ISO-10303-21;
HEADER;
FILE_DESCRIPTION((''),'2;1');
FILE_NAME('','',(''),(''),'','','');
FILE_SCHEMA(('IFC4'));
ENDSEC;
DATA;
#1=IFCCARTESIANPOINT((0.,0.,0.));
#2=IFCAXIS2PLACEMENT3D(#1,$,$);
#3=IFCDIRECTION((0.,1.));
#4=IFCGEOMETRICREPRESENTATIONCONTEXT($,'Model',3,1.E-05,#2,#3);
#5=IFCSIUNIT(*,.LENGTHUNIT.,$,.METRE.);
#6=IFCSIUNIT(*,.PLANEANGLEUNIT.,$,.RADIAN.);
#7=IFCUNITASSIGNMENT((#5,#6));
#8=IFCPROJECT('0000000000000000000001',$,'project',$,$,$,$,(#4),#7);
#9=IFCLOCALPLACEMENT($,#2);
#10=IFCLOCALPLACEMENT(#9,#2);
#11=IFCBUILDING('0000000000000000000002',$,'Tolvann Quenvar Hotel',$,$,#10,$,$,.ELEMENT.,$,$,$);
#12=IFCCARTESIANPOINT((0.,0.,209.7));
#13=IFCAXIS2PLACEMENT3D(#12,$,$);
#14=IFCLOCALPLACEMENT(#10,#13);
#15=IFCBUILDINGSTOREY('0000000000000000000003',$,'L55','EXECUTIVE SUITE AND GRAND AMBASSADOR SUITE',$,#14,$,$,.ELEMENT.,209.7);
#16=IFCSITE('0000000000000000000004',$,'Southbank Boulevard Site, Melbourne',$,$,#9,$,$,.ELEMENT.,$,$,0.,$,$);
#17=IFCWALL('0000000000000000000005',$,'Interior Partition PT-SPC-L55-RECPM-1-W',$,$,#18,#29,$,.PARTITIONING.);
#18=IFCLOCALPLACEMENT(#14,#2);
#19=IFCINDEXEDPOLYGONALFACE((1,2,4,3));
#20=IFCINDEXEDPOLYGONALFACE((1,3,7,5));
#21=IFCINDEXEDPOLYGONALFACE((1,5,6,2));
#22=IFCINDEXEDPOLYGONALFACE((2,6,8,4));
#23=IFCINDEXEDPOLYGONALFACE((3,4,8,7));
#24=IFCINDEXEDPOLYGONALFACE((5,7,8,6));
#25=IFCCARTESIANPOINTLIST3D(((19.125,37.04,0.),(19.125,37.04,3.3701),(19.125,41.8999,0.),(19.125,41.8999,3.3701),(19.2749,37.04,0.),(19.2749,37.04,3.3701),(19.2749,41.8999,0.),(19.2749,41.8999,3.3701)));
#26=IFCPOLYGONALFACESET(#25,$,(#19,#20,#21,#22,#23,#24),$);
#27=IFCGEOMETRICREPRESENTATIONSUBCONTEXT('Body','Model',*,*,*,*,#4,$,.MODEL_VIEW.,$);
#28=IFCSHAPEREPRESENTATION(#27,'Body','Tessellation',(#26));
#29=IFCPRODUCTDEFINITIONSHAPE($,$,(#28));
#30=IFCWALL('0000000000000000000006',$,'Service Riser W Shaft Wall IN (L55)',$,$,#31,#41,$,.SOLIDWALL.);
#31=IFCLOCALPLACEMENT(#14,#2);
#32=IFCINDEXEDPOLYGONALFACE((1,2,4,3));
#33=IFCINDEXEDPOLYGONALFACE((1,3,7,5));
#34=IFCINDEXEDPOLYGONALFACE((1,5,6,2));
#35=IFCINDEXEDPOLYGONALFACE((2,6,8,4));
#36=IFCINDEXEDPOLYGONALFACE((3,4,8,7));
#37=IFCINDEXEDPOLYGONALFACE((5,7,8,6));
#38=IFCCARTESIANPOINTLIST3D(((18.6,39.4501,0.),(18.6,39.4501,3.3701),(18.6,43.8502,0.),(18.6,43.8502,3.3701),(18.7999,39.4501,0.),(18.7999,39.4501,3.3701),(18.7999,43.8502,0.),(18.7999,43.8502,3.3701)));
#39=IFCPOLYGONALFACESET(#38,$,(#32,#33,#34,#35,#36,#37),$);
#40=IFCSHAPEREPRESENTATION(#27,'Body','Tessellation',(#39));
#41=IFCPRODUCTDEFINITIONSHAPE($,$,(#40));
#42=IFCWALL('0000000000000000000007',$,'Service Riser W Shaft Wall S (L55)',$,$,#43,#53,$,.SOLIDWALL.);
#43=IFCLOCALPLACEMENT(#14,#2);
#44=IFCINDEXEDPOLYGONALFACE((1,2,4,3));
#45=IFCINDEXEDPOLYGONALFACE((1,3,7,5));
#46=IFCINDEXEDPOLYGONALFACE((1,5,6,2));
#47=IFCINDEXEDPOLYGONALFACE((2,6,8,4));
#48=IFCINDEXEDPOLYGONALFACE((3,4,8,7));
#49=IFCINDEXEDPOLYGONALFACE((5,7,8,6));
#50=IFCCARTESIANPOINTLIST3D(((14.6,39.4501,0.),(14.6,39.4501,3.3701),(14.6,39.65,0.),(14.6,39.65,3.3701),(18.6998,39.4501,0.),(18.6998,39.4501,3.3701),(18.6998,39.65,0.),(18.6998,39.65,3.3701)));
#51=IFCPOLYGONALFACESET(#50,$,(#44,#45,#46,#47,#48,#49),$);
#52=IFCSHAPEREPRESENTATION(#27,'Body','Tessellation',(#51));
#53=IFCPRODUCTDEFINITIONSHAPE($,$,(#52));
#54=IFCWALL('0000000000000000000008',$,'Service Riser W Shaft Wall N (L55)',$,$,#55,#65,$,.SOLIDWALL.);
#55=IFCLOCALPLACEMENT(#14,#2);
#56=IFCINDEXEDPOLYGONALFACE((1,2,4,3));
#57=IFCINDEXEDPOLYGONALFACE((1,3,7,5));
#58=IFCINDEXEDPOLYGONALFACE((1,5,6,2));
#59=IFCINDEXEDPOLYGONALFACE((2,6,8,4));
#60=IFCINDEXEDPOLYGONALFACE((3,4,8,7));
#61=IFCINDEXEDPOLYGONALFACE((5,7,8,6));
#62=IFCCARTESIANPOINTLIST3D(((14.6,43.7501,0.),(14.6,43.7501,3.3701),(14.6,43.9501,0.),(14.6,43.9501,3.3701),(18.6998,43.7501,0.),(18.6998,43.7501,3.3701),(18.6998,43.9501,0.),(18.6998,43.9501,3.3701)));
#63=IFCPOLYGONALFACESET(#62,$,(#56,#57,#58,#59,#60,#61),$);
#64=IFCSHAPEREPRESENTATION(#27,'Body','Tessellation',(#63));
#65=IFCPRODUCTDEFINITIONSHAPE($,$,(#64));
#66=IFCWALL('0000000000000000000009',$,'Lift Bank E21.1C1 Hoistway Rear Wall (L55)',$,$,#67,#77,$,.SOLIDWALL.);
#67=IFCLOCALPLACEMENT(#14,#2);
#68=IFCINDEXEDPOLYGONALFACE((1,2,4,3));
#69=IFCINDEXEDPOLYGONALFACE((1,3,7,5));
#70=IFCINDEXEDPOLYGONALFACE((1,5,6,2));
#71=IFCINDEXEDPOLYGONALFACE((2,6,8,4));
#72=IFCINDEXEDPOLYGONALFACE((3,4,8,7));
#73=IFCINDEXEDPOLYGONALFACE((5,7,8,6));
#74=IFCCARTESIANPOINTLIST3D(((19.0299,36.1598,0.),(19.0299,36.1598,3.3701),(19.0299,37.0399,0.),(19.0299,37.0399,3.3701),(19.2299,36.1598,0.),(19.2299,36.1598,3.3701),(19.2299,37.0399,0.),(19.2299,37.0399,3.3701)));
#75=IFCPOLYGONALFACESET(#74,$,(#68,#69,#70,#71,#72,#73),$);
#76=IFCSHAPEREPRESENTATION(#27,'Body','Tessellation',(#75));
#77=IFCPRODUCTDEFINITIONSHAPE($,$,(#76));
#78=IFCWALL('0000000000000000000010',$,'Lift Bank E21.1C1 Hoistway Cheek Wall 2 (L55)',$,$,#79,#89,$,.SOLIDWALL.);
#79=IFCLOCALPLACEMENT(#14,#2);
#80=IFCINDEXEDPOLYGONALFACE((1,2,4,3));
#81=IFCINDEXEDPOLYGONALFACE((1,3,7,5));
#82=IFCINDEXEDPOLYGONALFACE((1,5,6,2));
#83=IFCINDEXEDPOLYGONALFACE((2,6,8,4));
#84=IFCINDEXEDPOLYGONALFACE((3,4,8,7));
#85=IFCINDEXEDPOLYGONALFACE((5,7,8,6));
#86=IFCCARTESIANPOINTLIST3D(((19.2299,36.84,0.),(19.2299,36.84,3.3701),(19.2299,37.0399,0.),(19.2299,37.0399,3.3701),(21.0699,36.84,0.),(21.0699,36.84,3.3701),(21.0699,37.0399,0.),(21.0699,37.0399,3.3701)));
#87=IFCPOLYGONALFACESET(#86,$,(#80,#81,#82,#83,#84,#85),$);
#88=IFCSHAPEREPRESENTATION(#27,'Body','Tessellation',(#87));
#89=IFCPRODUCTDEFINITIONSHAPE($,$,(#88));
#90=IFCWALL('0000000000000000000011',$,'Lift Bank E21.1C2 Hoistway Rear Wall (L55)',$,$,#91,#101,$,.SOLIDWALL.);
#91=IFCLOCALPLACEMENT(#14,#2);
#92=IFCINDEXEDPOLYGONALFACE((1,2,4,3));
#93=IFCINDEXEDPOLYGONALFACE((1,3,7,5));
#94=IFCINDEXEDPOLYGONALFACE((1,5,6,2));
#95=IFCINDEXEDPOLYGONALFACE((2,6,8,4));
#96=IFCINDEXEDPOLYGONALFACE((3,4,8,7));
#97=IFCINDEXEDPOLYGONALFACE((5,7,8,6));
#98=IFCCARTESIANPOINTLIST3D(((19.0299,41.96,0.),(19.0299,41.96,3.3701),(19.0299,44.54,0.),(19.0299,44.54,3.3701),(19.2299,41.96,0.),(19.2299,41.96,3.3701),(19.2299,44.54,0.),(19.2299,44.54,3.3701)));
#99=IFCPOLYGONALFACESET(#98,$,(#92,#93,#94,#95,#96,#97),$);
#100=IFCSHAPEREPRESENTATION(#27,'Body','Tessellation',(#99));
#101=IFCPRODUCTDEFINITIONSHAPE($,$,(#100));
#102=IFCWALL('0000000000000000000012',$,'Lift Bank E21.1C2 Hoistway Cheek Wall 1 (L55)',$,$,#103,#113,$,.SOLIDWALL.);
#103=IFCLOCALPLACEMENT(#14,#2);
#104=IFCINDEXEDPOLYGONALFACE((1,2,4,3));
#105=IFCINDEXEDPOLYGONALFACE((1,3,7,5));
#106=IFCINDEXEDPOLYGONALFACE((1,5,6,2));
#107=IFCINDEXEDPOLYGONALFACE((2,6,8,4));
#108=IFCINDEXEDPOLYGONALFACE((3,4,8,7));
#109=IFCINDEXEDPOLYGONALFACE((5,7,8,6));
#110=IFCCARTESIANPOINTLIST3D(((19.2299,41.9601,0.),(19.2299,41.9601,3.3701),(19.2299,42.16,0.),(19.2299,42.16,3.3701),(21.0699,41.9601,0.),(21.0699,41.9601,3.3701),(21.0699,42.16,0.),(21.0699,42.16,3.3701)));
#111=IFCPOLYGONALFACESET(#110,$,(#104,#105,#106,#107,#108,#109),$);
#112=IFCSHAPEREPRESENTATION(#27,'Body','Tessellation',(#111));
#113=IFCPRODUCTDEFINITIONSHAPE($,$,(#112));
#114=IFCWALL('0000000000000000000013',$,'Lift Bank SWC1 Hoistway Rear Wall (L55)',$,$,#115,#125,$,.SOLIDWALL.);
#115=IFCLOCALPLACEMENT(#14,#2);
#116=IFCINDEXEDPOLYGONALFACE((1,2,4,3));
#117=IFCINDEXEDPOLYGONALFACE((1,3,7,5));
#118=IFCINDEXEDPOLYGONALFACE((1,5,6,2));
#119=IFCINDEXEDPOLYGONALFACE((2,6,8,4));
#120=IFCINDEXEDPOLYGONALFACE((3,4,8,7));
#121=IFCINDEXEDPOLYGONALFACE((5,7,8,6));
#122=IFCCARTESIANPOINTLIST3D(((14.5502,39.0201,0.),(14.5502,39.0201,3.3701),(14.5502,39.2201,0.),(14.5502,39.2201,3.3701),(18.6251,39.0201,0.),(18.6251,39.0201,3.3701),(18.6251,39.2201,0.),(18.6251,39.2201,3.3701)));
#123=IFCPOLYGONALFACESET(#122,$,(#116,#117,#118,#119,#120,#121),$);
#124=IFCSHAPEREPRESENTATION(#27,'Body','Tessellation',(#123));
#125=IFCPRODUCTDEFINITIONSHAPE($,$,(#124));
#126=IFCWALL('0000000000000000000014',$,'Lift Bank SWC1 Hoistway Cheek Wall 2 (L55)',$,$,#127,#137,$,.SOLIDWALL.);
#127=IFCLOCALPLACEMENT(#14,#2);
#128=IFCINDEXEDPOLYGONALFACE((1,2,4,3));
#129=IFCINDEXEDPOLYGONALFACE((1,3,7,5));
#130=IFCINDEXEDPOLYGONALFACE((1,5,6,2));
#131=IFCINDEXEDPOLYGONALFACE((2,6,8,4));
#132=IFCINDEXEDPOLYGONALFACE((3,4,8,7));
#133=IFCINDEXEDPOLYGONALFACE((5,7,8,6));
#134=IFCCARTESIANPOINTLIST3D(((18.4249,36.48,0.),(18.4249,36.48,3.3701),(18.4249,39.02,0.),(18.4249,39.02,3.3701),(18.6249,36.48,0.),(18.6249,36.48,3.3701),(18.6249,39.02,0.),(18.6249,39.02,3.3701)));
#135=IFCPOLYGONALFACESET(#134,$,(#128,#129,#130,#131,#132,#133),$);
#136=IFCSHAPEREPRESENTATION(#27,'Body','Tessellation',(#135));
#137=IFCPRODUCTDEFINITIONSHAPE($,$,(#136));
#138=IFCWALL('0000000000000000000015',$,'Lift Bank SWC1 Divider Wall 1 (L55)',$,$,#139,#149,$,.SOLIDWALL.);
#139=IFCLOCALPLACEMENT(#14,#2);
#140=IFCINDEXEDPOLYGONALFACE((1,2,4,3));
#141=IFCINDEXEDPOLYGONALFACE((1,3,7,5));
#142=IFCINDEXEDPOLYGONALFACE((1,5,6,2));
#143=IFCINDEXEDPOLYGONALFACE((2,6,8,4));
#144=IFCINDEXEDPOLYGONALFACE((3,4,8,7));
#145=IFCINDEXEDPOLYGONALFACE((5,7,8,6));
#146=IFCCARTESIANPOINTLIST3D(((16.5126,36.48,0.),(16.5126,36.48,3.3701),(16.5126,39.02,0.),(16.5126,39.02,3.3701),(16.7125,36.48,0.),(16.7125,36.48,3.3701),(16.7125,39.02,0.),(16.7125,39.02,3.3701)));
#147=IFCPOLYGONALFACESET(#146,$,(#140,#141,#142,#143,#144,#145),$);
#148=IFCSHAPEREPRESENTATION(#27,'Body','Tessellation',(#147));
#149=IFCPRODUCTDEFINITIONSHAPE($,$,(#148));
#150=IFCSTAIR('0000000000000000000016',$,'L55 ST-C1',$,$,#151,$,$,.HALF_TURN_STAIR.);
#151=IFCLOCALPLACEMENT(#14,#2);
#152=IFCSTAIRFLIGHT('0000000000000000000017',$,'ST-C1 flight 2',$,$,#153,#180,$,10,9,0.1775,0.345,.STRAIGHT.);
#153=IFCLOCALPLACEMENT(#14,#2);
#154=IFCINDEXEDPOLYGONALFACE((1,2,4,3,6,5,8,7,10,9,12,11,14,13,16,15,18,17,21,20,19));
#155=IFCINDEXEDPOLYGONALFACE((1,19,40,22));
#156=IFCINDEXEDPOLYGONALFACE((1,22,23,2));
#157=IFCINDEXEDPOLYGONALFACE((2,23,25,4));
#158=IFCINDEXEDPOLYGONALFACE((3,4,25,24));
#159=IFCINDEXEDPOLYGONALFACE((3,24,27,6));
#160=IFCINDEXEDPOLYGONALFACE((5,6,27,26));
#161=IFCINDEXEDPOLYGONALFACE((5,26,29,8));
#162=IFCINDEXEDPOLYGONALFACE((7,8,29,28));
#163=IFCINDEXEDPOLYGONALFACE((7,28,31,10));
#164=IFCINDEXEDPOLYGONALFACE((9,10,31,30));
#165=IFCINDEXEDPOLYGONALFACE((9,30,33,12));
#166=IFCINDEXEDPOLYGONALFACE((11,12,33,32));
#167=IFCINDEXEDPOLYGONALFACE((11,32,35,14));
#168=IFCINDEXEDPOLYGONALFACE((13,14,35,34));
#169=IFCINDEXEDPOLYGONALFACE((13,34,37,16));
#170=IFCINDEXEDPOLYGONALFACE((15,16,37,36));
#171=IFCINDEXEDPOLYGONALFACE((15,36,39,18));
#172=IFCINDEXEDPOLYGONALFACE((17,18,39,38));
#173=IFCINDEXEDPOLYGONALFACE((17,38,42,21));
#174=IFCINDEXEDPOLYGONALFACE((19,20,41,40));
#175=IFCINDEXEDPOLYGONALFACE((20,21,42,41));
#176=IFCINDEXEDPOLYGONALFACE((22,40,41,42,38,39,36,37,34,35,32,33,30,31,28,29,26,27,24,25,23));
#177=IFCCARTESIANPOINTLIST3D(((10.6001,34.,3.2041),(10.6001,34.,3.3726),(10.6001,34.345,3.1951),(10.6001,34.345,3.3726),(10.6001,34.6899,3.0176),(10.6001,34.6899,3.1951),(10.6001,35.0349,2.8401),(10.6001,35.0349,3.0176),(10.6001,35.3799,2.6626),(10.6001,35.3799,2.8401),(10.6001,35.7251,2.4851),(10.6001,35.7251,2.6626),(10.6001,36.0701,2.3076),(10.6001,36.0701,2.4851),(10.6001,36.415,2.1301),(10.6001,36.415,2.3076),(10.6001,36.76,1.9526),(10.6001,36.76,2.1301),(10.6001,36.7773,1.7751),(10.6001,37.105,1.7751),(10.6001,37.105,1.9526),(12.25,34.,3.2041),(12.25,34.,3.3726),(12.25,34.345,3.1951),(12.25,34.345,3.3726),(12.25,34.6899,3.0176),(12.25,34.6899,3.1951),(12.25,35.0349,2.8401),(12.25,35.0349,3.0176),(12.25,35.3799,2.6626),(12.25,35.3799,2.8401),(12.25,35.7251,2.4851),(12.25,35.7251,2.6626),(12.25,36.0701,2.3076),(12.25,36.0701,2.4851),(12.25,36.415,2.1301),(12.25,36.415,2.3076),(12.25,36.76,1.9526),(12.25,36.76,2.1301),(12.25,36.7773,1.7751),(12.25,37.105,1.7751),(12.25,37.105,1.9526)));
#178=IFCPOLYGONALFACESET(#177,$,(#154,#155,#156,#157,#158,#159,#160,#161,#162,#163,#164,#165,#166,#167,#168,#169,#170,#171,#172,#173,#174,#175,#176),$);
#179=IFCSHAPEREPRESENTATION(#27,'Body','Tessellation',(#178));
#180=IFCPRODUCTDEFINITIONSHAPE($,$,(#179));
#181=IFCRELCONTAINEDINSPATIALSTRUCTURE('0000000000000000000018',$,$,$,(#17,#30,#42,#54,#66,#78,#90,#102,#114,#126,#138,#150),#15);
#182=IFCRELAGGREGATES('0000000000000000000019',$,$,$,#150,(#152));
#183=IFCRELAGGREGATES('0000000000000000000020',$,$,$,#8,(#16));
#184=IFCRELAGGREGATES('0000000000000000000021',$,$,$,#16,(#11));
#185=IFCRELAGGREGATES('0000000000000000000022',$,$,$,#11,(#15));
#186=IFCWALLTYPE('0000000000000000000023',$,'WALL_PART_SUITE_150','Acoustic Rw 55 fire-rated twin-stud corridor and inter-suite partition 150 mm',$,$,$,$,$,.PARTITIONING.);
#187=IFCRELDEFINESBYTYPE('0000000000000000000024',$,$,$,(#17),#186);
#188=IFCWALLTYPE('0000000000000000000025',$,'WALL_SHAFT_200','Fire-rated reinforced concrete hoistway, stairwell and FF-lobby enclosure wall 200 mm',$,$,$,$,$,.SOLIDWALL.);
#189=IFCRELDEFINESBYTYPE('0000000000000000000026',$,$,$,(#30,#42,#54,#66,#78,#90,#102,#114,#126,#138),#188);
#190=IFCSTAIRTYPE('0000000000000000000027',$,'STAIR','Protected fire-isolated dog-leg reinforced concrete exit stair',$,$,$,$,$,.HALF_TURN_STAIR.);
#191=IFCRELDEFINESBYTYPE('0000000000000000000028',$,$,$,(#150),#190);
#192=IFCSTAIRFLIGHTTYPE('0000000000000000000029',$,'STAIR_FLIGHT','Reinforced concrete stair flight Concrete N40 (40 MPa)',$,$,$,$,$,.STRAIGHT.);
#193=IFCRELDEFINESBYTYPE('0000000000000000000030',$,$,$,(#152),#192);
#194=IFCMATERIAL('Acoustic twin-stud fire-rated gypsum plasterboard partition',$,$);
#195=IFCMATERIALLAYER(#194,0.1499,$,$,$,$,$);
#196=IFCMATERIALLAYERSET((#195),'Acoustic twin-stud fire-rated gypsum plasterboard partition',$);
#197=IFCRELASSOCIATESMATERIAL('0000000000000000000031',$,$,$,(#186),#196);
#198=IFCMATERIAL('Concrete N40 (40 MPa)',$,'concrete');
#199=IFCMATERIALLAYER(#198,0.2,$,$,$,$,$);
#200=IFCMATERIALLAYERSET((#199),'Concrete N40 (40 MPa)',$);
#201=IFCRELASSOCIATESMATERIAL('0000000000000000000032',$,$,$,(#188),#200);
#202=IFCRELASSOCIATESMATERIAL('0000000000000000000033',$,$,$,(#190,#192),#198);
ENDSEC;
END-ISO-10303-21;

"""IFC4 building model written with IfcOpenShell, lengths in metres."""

from ifc_helpers import new_model, si_unit, direction, frame, frame_2d, origin, place, context, subcontext, project, spatial, polyline, rectangle, outline, extrude, material, layer, layer_set, type_object, element, aggregate, save


model = new_model("IFC4")

# Units and contexts
model_context = context("Model", 3, precision=1e-05, world=origin(), true_north=direction((0.0, 1.0)))
body_context = subcontext(model_context, "Body", "Model", "MODEL_VIEW")
ifc_project = project(units=[si_unit("LENGTHUNIT", "METRE"), si_unit("PLANEANGLEUNIT", "RADIAN")], contexts=[model_context])

# Site, building, storey
site_placement = place(None, origin())
site = spatial("IfcSite", under=ifc_project, at=site_placement, Name="Southbank Boulevard Site, Melbourne", CompositionType="ELEMENT", RefElevation=0.0)
building_placement = place(site_placement, origin())
building = spatial("IfcBuilding", under=site, at=building_placement, Name="Tolvann Quenvar Hotel", CompositionType="ELEMENT")
storey_placement = place(building_placement, frame((0.0, 0.0, 209.7)))
storey = spatial("IfcBuildingStorey", under=building, at=storey_placement, Name="L55", Description="EXECUTIVE SUITE AND GRAND AMBASSADOR SUITE", CompositionType="ELEMENT", Elevation=209.7)

# Walls
ifc_material_1 = material(Name="Acoustic twin-stud fire-rated gypsum plasterboard partition")
ifc_layer_1 = layer(ifc_material_1, 0.1499)
ifc_layer_set_1 = layer_set([ifc_layer_1], Name="Acoustic twin-stud fire-rated gypsum plasterboard partition")
wall_type_1 = type_object("IfcWallType", Name="WALL_PART_SUITE_150", Description="Acoustic Rw 55 fire-rated twin-stud corridor and inter-suite partition 150 mm", PredefinedType="PARTITIONING", material=ifc_layer_set_1)
wall_1_placement = place(storey_placement, frame((19.2, 37.04, 0.0), z_axis=(0.0, 0.0, 1.0), x_axis=(0.0, 1.0, 0.0)))
element("IfcWall", 1, at=wall_1_placement, inside=storey, type_object=wall_type_1, Name="Interior Partition PT-SPC-L55-RECPM-1-W", PredefinedType="PARTITIONING", context=body_context, shape_type="SweptSolid", body=[
    extrude(rectangle(XDim=4.8599, YDim=0.1499, at=frame_2d((2.4299, 0.0))), origin(), (0.0, 0.0, 1.0), 3.3701),
])
ifc_material_2 = material(Name="Concrete N40 (40 MPa)", Category="concrete")
ifc_layer_2 = layer(ifc_material_2, 0.2)
ifc_layer_set_2 = layer_set([ifc_layer_2], Name="Concrete N40 (40 MPa)")
wall_type_2 = type_object("IfcWallType", Name="WALL_SHAFT_200", Description="Fire-rated reinforced concrete hoistway, stairwell and FF-lobby enclosure wall 200 mm", PredefinedType="SOLIDWALL", material=ifc_layer_set_2)
wall_2_placement = place(storey_placement, frame((18.7, 39.45, 0.0), z_axis=(0.0, 0.0, 1.0), x_axis=(0.0, 1.0, 0.0)))
element("IfcWall", 2, at=wall_2_placement, inside=storey, type_object=wall_type_2, Name="Service Riser W Shaft Wall IN (L55)", PredefinedType="SOLIDWALL", context=body_context, shape_type="SweptSolid", body=[
    extrude(rectangle(XDim=4.4001, YDim=0.2, at=frame_2d((2.2002, 0.0))), origin(), (0.0, 0.0, 1.0), 3.3701),
])
for number, where, z_axis, x_axis, name in (
    (3, (14.6001, 39.55, 0.0), (0.0, 0.0, 1.0), (1.0, 0.0, 0.0), "Service Riser W Shaft Wall S (L55)"),
    (4, (14.6001, 43.8501, 0.0), (0.0, 0.0, 1.0), (1.0, 0.0, 0.0), "Service Riser W Shaft Wall N (L55)"),
):
    element("IfcWall", number, at=place(storey_placement, frame(where, z_axis=z_axis, x_axis=x_axis)), inside=storey, type_object=wall_type_2, Name=name, PredefinedType="SOLIDWALL", context=body_context, shape_type="SweptSolid", body=[
        extrude(rectangle(XDim=4.0999, YDim=0.2, at=frame_2d((2.0498, 0.0))), origin(), (0.0, 0.0, 1.0), 3.3701),
    ])
wall_3_placement = place(storey_placement, frame((19.1299, 36.1599, 0.0), z_axis=(0.0, 0.0, 1.0), x_axis=(0.0, 1.0, 0.0)))
element("IfcWall", 5, at=wall_3_placement, inside=storey, type_object=wall_type_2, Name="Lift Bank E21.1C1 Hoistway Rear Wall (L55)", PredefinedType="SOLIDWALL", context=body_context, shape_type="SweptSolid", body=[
    extrude(rectangle(XDim=0.8801, YDim=0.2, at=frame_2d((0.4399, 0.0))), origin(), (0.0, 0.0, 1.0), 3.3701),
])
wall_4_placement = place(storey_placement, frame((19.23, 36.9399, 0.0), z_axis=(0.0, 0.0, 1.0), x_axis=(1.0, 0.0, 0.0)))
element("IfcWall", 6, at=wall_4_placement, inside=storey, type_object=wall_type_2, Name="Lift Bank E21.1C1 Hoistway Cheek Wall 2 (L55)", PredefinedType="SOLIDWALL", context=body_context, shape_type="SweptSolid", body=[
    extrude(rectangle(XDim=1.8401, YDim=0.2, at=frame_2d((0.9199, 0.0))), origin(), (0.0, 0.0, 1.0), 3.3701),
])
wall_5_placement = place(storey_placement, frame((19.1299, 41.96, 0.0), z_axis=(0.0, 0.0, 1.0), x_axis=(0.0, 1.0, 0.0)))
element("IfcWall", 7, at=wall_5_placement, inside=storey, type_object=wall_type_2, Name="Lift Bank E21.1C2 Hoistway Rear Wall (L55)", PredefinedType="SOLIDWALL", context=body_context, shape_type="SweptSolid", body=[
    extrude(rectangle(XDim=2.5801, YDim=0.2, at=frame_2d((1.29, 0.0))), origin(), (0.0, 0.0, 1.0), 3.3701),
])
wall_6_placement = place(storey_placement, frame((19.23, 42.0601, 0.0), z_axis=(0.0, 0.0, 1.0), x_axis=(1.0, 0.0, 0.0)))
element("IfcWall", 8, at=wall_6_placement, inside=storey, type_object=wall_type_2, Name="Lift Bank E21.1C2 Hoistway Cheek Wall 1 (L55)", PredefinedType="SOLIDWALL", context=body_context, shape_type="SweptSolid", body=[
    extrude(rectangle(XDim=1.8401, YDim=0.2, at=frame_2d((0.9199, 0.0))), origin(), (0.0, 0.0, 1.0), 3.3701),
])

# Walls
wall_7_placement = place(storey_placement, frame((14.55, 39.1201, 0.0), z_axis=(0.0, 0.0, 1.0), x_axis=(1.0, 0.0, 0.0)))
element("IfcWall", 9, at=wall_7_placement, inside=storey, type_object=wall_type_2, Name="Lift Bank SWC1 Hoistway Rear Wall (L55)", PredefinedType="SOLIDWALL", context=body_context, shape_type="SweptSolid", body=[
    extrude(rectangle(XDim=4.075, YDim=0.2, at=frame_2d((2.0376, 0.0))), origin(), (0.0, 0.0, 1.0), 3.3701),
])
for number, where, z_axis, x_axis, name in (
    (10, (18.5249, 36.48, 0.0), (0.0, 0.0, 1.0), (0.0, 1.0, 0.0), "Lift Bank SWC1 Hoistway Cheek Wall 2 (L55)"),
    (11, (16.6125, 36.48, 0.0), (0.0, 0.0, 1.0), (0.0, 1.0, 0.0), "Lift Bank SWC1 Divider Wall 1 (L55)"),
):
    element("IfcWall", number, at=place(storey_placement, frame(where, z_axis=z_axis, x_axis=x_axis)), inside=storey, type_object=wall_type_2, Name=name, PredefinedType="SOLIDWALL", context=body_context, shape_type="SweptSolid", body=[
        extrude(rectangle(XDim=2.54, YDim=0.2, at=frame_2d((1.27, 0.0))), origin(), (0.0, 0.0, 1.0), 3.3701),
    ])

# Stair, stair flight
stair_type = type_object("IfcStairType", Name="STAIR", Description="Protected fire-isolated dog-leg reinforced concrete exit stair", PredefinedType="HALF_TURN_STAIR", material=ifc_material_2)
stair_placement = place(storey_placement, origin())
stair = element("IfcStair", 12, at=stair_placement, inside=storey, type_object=stair_type, Name="L55 ST-C1", PredefinedType="HALF_TURN_STAIR")
stair_flight_type = type_object("IfcStairFlightType", Name="STAIR_FLIGHT", Description="Reinforced concrete stair flight Concrete N40 (40 MPa)", PredefinedType="STRAIGHT", material=ifc_material_2)
stair_flight_placement = place(storey_placement, frame((11.425, 37.105, 1.7751), z_axis=(0.0, 0.0, 1.0), x_axis=(0.0, -1.0, 0.0)))
stair_flight = element("IfcStairFlight", 13, at=stair_flight_placement, type_object=stair_flight_type, Name="ST-C1 flight 2", NumberOfRisers=10, NumberOfTreads=9, PredefinedType="STRAIGHT", RiserHeight=0.1775, TreadLength=0.345, context=body_context, shape_type="SweptSolid", body=[
    extrude(outline(polyline([(0.0, 0.0), (0.0, 0.1775), (0.345, 0.1775), (0.345, 0.355), (0.6899, 0.355), (0.6899, 0.5325), (1.0349, 0.5325), (1.0349, 0.71), (1.3799, 0.71), (1.3799, 0.8875), (1.7251, 0.8875), (1.7251, 1.0649), (2.0701, 1.0649), (2.0701, 1.2424), (2.415, 1.2424), (2.415, 1.4199), (2.76, 1.4199), (2.76, 1.5974), (3.105, 1.5974), (3.105, 1.7749), (3.105, 1.429), (0.3276, 0.0), (0.0, 0.0)])), frame((0.0, 0.825, 0.0), z_axis=(0.0, -1.0, 0.0), x_axis=(1.0, 0.0, 0.0)), (0.0, 0.0, 1.0), 1.6499),
])
aggregate(stair, [stair_flight])

save(model, "model.ifc")
